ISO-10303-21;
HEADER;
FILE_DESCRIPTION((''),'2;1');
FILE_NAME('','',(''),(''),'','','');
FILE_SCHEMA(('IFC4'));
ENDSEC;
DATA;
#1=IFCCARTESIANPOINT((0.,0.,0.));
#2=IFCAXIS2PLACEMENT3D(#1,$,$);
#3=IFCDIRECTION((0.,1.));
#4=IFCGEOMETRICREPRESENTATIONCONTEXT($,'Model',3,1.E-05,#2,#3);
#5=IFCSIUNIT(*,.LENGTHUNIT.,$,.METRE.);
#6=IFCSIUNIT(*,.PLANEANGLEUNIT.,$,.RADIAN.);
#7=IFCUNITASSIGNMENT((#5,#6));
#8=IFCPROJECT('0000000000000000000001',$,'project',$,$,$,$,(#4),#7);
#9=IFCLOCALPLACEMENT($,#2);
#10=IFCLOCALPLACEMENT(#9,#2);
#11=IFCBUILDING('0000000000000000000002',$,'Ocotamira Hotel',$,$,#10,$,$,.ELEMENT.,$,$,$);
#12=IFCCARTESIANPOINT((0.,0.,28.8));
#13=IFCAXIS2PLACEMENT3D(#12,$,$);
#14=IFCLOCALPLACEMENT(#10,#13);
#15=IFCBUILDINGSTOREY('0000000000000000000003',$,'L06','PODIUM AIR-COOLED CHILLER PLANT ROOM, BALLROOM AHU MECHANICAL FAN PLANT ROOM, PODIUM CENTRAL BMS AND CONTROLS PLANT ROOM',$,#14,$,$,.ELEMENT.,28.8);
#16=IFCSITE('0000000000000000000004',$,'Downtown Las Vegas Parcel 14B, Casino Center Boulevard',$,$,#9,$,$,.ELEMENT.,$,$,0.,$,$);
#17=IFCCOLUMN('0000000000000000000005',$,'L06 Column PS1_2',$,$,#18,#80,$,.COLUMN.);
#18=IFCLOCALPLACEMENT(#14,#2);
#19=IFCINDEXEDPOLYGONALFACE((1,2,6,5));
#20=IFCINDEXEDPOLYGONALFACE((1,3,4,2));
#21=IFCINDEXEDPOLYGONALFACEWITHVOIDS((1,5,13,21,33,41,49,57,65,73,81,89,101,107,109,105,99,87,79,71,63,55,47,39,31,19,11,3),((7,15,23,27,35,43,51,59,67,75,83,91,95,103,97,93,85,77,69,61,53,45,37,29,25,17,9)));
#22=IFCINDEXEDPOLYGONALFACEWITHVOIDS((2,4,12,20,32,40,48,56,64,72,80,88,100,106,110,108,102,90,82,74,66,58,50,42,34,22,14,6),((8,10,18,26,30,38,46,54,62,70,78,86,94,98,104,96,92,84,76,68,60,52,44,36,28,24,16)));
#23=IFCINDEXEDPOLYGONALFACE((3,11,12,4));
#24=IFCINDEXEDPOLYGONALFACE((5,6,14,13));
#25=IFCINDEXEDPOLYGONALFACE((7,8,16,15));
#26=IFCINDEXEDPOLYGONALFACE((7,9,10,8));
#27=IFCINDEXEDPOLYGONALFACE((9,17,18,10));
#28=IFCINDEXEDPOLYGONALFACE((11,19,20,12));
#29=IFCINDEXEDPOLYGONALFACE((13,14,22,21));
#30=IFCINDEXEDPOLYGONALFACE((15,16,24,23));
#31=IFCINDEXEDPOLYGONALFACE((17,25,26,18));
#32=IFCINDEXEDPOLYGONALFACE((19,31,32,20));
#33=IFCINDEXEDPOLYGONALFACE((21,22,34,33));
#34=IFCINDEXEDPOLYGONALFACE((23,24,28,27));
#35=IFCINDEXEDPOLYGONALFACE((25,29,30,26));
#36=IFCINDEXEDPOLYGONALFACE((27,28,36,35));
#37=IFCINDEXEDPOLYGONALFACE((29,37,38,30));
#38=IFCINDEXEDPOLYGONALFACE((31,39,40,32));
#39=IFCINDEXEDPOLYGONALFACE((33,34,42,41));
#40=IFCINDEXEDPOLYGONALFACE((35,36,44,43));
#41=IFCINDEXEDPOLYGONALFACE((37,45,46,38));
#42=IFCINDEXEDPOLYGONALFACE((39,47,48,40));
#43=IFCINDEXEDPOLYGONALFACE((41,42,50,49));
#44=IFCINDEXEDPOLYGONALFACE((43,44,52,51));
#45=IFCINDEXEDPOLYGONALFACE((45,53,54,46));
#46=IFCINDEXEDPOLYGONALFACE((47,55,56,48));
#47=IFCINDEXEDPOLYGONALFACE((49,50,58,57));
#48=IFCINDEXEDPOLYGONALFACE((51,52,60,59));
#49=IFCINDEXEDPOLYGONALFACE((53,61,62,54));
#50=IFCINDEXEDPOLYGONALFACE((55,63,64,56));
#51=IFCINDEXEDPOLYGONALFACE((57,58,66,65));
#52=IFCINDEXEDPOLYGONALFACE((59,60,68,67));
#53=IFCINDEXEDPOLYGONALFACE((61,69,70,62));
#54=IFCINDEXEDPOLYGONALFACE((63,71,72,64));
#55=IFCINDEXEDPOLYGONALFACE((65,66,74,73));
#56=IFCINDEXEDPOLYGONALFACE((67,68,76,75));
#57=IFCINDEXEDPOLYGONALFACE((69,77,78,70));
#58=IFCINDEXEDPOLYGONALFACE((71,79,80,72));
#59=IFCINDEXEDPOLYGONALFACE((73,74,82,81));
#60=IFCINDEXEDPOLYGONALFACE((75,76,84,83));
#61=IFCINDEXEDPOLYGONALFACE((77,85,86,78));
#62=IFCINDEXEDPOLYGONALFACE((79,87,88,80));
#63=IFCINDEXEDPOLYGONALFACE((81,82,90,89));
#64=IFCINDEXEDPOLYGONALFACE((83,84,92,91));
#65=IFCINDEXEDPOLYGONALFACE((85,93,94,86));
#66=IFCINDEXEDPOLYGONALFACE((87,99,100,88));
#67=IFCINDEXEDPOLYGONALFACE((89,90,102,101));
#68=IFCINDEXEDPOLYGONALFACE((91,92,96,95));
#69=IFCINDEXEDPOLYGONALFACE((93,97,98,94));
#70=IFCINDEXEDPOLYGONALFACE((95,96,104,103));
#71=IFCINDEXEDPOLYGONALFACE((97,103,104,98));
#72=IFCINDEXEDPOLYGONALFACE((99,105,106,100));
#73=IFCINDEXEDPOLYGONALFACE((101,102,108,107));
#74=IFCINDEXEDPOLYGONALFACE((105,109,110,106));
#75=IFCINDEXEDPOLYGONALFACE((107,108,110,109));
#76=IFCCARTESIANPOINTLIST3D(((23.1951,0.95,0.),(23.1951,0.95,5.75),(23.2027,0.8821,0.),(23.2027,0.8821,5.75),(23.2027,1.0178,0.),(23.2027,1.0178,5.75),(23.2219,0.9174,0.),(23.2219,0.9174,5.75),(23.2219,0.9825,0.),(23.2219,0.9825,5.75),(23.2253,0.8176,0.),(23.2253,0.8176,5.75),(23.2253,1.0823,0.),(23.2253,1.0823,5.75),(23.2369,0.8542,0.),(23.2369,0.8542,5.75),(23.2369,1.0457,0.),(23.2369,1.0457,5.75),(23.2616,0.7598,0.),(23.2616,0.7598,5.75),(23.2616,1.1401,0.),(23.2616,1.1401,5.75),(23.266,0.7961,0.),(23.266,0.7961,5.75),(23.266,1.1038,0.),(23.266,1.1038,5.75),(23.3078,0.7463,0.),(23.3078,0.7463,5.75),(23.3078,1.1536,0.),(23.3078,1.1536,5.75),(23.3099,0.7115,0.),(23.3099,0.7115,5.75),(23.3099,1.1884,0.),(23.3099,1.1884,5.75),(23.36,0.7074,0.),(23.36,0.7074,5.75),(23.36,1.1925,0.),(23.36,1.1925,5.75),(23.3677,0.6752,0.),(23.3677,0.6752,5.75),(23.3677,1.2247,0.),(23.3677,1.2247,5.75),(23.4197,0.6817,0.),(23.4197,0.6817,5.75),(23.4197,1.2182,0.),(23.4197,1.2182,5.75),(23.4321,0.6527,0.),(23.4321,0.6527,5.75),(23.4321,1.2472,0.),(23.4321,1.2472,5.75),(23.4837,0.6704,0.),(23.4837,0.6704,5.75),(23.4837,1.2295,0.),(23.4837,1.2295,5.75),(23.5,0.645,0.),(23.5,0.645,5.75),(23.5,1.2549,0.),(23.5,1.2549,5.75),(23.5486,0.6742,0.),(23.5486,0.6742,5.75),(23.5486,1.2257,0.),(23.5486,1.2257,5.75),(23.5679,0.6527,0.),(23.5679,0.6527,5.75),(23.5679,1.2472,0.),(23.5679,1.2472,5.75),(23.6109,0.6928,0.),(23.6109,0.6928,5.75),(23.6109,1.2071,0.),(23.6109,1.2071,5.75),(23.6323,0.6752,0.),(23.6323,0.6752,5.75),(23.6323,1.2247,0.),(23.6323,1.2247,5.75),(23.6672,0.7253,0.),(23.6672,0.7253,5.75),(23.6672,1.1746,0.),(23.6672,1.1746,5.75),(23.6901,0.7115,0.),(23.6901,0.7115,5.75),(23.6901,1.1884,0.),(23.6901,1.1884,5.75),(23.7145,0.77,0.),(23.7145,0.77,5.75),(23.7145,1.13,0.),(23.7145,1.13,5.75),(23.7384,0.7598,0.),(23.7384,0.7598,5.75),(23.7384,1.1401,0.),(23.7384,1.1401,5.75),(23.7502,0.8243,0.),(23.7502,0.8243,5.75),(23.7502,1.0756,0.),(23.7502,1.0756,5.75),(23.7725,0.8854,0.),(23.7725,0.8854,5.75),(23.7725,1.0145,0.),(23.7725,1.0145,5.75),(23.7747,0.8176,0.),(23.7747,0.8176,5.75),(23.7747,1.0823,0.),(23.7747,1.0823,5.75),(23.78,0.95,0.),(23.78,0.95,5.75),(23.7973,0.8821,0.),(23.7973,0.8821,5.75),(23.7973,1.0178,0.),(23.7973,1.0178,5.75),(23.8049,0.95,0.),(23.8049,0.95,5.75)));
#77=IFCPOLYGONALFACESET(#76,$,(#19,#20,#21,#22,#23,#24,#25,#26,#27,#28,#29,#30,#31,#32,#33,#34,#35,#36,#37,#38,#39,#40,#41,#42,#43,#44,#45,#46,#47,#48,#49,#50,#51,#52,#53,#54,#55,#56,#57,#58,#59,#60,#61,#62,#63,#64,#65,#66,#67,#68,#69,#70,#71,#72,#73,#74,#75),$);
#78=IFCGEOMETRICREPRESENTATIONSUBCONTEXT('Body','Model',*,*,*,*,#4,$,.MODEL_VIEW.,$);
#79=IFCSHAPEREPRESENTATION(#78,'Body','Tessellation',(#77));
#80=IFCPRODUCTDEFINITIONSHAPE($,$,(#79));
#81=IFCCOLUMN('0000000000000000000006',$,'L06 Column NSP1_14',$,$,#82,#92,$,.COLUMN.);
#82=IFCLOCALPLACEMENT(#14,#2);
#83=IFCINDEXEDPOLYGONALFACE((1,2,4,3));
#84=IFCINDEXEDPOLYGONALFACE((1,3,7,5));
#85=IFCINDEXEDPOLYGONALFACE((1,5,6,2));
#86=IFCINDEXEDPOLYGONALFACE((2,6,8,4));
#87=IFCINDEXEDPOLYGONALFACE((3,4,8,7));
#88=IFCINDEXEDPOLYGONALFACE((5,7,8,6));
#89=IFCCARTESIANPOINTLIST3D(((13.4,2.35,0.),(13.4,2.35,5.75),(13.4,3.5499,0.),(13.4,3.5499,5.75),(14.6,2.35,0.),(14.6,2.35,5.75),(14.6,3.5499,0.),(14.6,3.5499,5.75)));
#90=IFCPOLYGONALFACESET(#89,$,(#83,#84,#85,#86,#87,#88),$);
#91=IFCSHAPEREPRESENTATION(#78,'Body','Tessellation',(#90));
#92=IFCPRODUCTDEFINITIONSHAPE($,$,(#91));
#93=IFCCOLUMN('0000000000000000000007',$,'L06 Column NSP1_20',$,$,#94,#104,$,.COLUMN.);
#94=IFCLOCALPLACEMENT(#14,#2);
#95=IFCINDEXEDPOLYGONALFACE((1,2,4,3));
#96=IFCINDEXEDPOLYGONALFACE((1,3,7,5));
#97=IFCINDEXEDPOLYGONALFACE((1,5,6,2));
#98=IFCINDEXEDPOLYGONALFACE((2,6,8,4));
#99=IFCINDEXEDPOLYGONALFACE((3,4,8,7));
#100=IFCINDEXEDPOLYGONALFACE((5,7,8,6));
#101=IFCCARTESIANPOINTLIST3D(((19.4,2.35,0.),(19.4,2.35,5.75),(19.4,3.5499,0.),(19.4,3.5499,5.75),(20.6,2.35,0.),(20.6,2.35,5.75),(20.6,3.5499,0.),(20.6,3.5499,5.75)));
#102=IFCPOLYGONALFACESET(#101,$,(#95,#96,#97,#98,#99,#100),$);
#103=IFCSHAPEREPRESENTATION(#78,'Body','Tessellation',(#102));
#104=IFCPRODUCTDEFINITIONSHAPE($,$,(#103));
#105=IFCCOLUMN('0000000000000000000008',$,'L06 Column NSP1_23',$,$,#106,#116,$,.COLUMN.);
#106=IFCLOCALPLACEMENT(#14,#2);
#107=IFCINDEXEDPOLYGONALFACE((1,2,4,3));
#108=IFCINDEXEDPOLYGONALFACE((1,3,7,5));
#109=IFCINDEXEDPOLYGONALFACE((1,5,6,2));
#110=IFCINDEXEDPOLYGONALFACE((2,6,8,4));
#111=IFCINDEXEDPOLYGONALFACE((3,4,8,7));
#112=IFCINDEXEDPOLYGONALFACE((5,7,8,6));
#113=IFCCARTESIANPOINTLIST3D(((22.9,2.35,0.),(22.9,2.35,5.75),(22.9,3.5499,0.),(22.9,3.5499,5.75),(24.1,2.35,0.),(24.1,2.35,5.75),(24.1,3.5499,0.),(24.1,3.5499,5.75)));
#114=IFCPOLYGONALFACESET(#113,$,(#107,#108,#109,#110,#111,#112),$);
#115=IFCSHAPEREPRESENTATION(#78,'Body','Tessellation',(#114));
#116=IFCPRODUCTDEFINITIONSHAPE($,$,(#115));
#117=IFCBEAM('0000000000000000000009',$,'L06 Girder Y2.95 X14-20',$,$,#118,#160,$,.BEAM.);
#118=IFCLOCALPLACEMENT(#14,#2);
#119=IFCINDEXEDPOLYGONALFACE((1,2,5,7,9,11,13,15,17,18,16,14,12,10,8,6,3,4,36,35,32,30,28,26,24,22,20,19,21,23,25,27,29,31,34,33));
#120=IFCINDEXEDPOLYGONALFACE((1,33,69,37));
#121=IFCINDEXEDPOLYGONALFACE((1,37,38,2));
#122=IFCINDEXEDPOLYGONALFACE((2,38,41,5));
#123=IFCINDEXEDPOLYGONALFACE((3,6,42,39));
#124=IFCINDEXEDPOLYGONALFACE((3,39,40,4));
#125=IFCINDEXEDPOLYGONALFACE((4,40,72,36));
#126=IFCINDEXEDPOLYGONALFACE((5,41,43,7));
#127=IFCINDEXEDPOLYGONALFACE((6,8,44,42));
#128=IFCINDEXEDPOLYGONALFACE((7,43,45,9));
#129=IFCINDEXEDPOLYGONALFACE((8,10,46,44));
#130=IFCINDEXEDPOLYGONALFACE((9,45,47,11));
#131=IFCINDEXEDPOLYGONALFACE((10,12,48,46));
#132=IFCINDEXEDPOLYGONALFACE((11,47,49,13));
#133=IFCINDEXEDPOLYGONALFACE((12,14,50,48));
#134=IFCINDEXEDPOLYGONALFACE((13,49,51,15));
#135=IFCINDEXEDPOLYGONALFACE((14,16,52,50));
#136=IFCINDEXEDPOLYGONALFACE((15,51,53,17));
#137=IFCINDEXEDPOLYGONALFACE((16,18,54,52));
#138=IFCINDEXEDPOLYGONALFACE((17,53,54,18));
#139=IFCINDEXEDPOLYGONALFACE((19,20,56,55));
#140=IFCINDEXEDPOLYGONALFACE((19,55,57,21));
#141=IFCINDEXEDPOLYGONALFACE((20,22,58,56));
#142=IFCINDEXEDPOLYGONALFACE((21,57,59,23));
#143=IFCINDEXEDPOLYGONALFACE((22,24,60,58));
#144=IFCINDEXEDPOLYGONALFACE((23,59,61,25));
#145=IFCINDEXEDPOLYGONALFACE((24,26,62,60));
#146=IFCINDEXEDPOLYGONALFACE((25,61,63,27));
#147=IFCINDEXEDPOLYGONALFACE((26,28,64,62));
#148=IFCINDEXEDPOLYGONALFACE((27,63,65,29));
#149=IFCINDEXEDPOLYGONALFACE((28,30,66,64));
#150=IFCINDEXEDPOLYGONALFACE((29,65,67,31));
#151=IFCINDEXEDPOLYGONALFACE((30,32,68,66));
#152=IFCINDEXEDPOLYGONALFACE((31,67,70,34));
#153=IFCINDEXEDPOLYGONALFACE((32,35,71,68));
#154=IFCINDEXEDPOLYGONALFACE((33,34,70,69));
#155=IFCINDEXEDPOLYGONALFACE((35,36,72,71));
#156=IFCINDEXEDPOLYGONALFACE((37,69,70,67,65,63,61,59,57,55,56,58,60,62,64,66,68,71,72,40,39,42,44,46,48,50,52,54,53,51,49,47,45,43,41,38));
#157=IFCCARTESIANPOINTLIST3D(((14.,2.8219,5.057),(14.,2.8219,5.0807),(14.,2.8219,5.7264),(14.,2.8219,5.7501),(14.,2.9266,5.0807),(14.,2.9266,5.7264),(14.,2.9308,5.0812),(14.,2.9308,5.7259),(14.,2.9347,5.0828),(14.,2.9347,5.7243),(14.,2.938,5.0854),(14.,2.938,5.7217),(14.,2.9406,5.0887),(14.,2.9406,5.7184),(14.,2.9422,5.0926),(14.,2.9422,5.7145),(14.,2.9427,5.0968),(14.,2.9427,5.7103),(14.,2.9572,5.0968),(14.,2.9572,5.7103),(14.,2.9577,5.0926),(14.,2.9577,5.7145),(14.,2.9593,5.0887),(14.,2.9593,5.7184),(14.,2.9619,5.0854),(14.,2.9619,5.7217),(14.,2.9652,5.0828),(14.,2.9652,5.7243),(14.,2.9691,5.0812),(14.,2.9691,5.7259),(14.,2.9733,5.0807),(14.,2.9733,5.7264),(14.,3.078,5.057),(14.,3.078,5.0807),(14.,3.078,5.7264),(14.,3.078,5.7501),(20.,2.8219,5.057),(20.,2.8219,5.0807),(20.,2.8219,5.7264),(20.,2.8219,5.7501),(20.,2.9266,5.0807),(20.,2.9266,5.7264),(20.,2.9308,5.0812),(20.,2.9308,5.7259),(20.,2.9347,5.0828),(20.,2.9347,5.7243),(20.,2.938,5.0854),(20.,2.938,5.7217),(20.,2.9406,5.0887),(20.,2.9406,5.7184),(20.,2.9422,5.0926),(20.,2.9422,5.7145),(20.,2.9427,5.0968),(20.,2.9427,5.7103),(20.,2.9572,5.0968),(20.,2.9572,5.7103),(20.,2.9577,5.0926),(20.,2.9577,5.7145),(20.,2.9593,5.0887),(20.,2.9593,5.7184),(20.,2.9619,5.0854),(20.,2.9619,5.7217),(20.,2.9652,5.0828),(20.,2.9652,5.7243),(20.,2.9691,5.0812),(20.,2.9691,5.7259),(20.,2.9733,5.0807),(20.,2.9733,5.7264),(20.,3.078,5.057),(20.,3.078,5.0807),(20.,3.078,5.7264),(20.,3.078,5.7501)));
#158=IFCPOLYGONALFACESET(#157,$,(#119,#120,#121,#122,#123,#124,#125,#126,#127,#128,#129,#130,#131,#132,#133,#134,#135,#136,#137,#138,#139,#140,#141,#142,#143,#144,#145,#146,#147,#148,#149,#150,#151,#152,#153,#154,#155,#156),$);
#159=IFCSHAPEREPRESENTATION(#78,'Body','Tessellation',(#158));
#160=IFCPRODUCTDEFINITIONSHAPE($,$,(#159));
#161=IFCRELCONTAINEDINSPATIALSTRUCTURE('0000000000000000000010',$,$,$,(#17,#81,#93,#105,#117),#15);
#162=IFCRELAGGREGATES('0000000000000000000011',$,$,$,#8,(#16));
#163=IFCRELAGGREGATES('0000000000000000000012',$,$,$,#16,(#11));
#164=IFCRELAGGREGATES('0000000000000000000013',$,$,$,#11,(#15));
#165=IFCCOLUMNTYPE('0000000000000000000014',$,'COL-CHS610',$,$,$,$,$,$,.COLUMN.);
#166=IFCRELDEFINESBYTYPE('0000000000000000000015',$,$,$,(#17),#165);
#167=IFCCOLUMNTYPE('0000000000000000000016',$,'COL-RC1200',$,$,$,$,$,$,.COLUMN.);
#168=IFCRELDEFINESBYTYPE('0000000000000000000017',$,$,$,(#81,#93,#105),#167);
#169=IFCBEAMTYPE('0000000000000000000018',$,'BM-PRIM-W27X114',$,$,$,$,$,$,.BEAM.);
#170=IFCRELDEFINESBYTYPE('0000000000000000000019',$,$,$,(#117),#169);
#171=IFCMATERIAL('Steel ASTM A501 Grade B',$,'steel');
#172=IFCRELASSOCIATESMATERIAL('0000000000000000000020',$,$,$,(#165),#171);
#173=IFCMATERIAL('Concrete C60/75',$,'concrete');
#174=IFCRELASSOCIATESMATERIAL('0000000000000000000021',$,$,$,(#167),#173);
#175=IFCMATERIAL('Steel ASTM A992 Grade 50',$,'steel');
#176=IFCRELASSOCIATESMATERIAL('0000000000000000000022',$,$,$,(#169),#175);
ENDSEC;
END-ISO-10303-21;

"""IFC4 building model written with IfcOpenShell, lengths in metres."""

from ifc_helpers import new_model, si_unit, direction, frame, origin, origin_2d, place, context, subcontext, project, spatial, rectangle, hollow_circle, i_section, extrude, source, transform, mapped, material, material_profile, profile_set, type_object, element, save


model = new_model("IFC4")

# Units and contexts
model_context = context("Model", 3, precision=1e-05, world=origin(), true_north=direction((0.0, 1.0)))
body_context = subcontext(model_context, "Body", "Model", "MODEL_VIEW")
ifc_project = project(units=[si_unit("LENGTHUNIT", "METRE"), si_unit("PLANEANGLEUNIT", "RADIAN")], contexts=[model_context])

# Site, building, storey
site_placement = place(None, origin())
site = spatial("IfcSite", under=ifc_project, at=site_placement, Name="Downtown Las Vegas Parcel 14B, Casino Center Boulevard", CompositionType="ELEMENT", RefElevation=0.0)
building_placement = place(site_placement, origin())
building = spatial("IfcBuilding", under=site, at=building_placement, Name="Ocotamira Hotel", CompositionType="ELEMENT")
storey_placement = place(building_placement, frame((0.0, 0.0, 28.8)))
storey = spatial("IfcBuildingStorey", under=building, at=storey_placement, Name="L06", Description="PODIUM AIR-COOLED CHILLER PLANT ROOM, BALLROOM AHU MECHANICAL FAN PLANT ROOM, PODIUM CENTRAL BMS AND CONTROLS PLANT ROOM", CompositionType="ELEMENT", Elevation=28.8)

# Columns
ifc_material_1 = material(Name="Steel ASTM A501 Grade B", Category="steel")
ifc_material_profile_1 = material_profile(ifc_material_1, hollow_circle(Radius=0.3049, WallThickness=0.0249, at=origin_2d()), Name="CHS610X25")
ifc_profile_set_1 = profile_set([ifc_material_profile_1], Name="Steel ASTM A501 Grade B")
column_type_1 = type_object("IfcColumnType", Name="COL-CHS610", PredefinedType="COLUMN", material=ifc_profile_set_1)
shared_shape_1 = source(origin(), body_context, "Body", "SweptSolid", [
    extrude(hollow_circle(Radius=0.3049, WallThickness=0.0249, at=origin_2d()), origin(), (0.0, 0.0, 1.0), 5.75),
])
column_placement = place(storey_placement, frame((23.5, 0.95, 0.0), z_axis=(0.0, 0.0, 1.0), x_axis=(1.0, 0.0, 0.0)))
element("IfcColumn", 1, at=column_placement, inside=storey, type_object=column_type_1, Name="L06 Column PS1_2", PredefinedType="COLUMN", context=body_context, shape_type="MappedRepresentation", body=[
    mapped(shared_shape_1, transform((0.0, 0.0, 0.0), scale=1.0)),
])
ifc_material_2 = material(Name="Concrete C60/75", Category="concrete")
ifc_material_profile_2 = material_profile(ifc_material_2, rectangle(XDim=1.2, YDim=1.2, at=origin_2d()), Name="RC1200X1200")
ifc_profile_set_2 = profile_set([ifc_material_profile_2], Name="Concrete C60/75")
column_type_2 = type_object("IfcColumnType", Name="COL-RC1200", PredefinedType="COLUMN", material=ifc_profile_set_2)
shared_shape_2 = source(origin(), body_context, "Body", "SweptSolid", [
    extrude(rectangle(XDim=1.2, YDim=1.2, at=origin_2d()), origin(), (0.0, 0.0, 1.0), 5.75),
])
for number, where, z_axis, x_axis, name in (
    (2, (14.0, 2.95, 0.0), (0.0, 0.0, 1.0), (1.0, 0.0, 0.0), "L06 Column NSP1_14"),
    (3, (20.0, 2.95, 0.0), (0.0, 0.0, 1.0), (1.0, 0.0, 0.0), "L06 Column NSP1_20"),
    (4, (23.5, 2.95, 0.0), (0.0, 0.0, 1.0), (1.0, 0.0, 0.0), "L06 Column NSP1_23"),
):
    element("IfcColumn", number, at=place(storey_placement, frame(where, z_axis=z_axis, x_axis=x_axis)), inside=storey, type_object=column_type_2, Name=name, PredefinedType="COLUMN", context=body_context, shape_type="MappedRepresentation", body=[
        mapped(shared_shape_2, transform((0.0, 0.0, 0.0), scale=1.0)),
    ])

# Beam
ifc_material_3 = material(Name="Steel ASTM A992 Grade 50", Category="steel")
ifc_material_profile_3 = material_profile(ifc_material_3, i_section(OverallWidth=0.2561, OverallDepth=0.6931, WebThickness=0.0144, FlangeThickness=0.0237, FilletRadius=0.0161, at=origin_2d()), Name="W27X114")
ifc_profile_set_3 = profile_set([ifc_material_profile_3], Name="Steel ASTM A992 Grade 50")
beam_type_1 = type_object("IfcBeamType", Name="BM-PRIM-W27X114", PredefinedType="BEAM", material=ifc_profile_set_3)
shared_shape_3 = source(origin(), body_context, "Body", "SweptSolid", [
    extrude(i_section(OverallWidth=0.2561, OverallDepth=0.6931, WebThickness=0.0144, FlangeThickness=0.0237, FilletRadius=0.0161, at=origin_2d()), origin(), (0.0, 0.0, 1.0), 6.0),
])
beam_1_placement = place(storey_placement, frame((14.0, 2.95, 5.4036), z_axis=(1.0, 0.0, 0.0), x_axis=(0.0, 1.0, 0.0)))
element("IfcBeam", 5, at=beam_1_placement, inside=storey, type_object=beam_type_1, Name="L06 Girder Y2.95 X14-20", PredefinedType="BEAM", context=body_context, shape_type="MappedRepresentation", body=[
    mapped(shared_shape_3, transform((0.0, 0.0, 0.0), scale=1.0)),
])

save(model, "model.ifc")
